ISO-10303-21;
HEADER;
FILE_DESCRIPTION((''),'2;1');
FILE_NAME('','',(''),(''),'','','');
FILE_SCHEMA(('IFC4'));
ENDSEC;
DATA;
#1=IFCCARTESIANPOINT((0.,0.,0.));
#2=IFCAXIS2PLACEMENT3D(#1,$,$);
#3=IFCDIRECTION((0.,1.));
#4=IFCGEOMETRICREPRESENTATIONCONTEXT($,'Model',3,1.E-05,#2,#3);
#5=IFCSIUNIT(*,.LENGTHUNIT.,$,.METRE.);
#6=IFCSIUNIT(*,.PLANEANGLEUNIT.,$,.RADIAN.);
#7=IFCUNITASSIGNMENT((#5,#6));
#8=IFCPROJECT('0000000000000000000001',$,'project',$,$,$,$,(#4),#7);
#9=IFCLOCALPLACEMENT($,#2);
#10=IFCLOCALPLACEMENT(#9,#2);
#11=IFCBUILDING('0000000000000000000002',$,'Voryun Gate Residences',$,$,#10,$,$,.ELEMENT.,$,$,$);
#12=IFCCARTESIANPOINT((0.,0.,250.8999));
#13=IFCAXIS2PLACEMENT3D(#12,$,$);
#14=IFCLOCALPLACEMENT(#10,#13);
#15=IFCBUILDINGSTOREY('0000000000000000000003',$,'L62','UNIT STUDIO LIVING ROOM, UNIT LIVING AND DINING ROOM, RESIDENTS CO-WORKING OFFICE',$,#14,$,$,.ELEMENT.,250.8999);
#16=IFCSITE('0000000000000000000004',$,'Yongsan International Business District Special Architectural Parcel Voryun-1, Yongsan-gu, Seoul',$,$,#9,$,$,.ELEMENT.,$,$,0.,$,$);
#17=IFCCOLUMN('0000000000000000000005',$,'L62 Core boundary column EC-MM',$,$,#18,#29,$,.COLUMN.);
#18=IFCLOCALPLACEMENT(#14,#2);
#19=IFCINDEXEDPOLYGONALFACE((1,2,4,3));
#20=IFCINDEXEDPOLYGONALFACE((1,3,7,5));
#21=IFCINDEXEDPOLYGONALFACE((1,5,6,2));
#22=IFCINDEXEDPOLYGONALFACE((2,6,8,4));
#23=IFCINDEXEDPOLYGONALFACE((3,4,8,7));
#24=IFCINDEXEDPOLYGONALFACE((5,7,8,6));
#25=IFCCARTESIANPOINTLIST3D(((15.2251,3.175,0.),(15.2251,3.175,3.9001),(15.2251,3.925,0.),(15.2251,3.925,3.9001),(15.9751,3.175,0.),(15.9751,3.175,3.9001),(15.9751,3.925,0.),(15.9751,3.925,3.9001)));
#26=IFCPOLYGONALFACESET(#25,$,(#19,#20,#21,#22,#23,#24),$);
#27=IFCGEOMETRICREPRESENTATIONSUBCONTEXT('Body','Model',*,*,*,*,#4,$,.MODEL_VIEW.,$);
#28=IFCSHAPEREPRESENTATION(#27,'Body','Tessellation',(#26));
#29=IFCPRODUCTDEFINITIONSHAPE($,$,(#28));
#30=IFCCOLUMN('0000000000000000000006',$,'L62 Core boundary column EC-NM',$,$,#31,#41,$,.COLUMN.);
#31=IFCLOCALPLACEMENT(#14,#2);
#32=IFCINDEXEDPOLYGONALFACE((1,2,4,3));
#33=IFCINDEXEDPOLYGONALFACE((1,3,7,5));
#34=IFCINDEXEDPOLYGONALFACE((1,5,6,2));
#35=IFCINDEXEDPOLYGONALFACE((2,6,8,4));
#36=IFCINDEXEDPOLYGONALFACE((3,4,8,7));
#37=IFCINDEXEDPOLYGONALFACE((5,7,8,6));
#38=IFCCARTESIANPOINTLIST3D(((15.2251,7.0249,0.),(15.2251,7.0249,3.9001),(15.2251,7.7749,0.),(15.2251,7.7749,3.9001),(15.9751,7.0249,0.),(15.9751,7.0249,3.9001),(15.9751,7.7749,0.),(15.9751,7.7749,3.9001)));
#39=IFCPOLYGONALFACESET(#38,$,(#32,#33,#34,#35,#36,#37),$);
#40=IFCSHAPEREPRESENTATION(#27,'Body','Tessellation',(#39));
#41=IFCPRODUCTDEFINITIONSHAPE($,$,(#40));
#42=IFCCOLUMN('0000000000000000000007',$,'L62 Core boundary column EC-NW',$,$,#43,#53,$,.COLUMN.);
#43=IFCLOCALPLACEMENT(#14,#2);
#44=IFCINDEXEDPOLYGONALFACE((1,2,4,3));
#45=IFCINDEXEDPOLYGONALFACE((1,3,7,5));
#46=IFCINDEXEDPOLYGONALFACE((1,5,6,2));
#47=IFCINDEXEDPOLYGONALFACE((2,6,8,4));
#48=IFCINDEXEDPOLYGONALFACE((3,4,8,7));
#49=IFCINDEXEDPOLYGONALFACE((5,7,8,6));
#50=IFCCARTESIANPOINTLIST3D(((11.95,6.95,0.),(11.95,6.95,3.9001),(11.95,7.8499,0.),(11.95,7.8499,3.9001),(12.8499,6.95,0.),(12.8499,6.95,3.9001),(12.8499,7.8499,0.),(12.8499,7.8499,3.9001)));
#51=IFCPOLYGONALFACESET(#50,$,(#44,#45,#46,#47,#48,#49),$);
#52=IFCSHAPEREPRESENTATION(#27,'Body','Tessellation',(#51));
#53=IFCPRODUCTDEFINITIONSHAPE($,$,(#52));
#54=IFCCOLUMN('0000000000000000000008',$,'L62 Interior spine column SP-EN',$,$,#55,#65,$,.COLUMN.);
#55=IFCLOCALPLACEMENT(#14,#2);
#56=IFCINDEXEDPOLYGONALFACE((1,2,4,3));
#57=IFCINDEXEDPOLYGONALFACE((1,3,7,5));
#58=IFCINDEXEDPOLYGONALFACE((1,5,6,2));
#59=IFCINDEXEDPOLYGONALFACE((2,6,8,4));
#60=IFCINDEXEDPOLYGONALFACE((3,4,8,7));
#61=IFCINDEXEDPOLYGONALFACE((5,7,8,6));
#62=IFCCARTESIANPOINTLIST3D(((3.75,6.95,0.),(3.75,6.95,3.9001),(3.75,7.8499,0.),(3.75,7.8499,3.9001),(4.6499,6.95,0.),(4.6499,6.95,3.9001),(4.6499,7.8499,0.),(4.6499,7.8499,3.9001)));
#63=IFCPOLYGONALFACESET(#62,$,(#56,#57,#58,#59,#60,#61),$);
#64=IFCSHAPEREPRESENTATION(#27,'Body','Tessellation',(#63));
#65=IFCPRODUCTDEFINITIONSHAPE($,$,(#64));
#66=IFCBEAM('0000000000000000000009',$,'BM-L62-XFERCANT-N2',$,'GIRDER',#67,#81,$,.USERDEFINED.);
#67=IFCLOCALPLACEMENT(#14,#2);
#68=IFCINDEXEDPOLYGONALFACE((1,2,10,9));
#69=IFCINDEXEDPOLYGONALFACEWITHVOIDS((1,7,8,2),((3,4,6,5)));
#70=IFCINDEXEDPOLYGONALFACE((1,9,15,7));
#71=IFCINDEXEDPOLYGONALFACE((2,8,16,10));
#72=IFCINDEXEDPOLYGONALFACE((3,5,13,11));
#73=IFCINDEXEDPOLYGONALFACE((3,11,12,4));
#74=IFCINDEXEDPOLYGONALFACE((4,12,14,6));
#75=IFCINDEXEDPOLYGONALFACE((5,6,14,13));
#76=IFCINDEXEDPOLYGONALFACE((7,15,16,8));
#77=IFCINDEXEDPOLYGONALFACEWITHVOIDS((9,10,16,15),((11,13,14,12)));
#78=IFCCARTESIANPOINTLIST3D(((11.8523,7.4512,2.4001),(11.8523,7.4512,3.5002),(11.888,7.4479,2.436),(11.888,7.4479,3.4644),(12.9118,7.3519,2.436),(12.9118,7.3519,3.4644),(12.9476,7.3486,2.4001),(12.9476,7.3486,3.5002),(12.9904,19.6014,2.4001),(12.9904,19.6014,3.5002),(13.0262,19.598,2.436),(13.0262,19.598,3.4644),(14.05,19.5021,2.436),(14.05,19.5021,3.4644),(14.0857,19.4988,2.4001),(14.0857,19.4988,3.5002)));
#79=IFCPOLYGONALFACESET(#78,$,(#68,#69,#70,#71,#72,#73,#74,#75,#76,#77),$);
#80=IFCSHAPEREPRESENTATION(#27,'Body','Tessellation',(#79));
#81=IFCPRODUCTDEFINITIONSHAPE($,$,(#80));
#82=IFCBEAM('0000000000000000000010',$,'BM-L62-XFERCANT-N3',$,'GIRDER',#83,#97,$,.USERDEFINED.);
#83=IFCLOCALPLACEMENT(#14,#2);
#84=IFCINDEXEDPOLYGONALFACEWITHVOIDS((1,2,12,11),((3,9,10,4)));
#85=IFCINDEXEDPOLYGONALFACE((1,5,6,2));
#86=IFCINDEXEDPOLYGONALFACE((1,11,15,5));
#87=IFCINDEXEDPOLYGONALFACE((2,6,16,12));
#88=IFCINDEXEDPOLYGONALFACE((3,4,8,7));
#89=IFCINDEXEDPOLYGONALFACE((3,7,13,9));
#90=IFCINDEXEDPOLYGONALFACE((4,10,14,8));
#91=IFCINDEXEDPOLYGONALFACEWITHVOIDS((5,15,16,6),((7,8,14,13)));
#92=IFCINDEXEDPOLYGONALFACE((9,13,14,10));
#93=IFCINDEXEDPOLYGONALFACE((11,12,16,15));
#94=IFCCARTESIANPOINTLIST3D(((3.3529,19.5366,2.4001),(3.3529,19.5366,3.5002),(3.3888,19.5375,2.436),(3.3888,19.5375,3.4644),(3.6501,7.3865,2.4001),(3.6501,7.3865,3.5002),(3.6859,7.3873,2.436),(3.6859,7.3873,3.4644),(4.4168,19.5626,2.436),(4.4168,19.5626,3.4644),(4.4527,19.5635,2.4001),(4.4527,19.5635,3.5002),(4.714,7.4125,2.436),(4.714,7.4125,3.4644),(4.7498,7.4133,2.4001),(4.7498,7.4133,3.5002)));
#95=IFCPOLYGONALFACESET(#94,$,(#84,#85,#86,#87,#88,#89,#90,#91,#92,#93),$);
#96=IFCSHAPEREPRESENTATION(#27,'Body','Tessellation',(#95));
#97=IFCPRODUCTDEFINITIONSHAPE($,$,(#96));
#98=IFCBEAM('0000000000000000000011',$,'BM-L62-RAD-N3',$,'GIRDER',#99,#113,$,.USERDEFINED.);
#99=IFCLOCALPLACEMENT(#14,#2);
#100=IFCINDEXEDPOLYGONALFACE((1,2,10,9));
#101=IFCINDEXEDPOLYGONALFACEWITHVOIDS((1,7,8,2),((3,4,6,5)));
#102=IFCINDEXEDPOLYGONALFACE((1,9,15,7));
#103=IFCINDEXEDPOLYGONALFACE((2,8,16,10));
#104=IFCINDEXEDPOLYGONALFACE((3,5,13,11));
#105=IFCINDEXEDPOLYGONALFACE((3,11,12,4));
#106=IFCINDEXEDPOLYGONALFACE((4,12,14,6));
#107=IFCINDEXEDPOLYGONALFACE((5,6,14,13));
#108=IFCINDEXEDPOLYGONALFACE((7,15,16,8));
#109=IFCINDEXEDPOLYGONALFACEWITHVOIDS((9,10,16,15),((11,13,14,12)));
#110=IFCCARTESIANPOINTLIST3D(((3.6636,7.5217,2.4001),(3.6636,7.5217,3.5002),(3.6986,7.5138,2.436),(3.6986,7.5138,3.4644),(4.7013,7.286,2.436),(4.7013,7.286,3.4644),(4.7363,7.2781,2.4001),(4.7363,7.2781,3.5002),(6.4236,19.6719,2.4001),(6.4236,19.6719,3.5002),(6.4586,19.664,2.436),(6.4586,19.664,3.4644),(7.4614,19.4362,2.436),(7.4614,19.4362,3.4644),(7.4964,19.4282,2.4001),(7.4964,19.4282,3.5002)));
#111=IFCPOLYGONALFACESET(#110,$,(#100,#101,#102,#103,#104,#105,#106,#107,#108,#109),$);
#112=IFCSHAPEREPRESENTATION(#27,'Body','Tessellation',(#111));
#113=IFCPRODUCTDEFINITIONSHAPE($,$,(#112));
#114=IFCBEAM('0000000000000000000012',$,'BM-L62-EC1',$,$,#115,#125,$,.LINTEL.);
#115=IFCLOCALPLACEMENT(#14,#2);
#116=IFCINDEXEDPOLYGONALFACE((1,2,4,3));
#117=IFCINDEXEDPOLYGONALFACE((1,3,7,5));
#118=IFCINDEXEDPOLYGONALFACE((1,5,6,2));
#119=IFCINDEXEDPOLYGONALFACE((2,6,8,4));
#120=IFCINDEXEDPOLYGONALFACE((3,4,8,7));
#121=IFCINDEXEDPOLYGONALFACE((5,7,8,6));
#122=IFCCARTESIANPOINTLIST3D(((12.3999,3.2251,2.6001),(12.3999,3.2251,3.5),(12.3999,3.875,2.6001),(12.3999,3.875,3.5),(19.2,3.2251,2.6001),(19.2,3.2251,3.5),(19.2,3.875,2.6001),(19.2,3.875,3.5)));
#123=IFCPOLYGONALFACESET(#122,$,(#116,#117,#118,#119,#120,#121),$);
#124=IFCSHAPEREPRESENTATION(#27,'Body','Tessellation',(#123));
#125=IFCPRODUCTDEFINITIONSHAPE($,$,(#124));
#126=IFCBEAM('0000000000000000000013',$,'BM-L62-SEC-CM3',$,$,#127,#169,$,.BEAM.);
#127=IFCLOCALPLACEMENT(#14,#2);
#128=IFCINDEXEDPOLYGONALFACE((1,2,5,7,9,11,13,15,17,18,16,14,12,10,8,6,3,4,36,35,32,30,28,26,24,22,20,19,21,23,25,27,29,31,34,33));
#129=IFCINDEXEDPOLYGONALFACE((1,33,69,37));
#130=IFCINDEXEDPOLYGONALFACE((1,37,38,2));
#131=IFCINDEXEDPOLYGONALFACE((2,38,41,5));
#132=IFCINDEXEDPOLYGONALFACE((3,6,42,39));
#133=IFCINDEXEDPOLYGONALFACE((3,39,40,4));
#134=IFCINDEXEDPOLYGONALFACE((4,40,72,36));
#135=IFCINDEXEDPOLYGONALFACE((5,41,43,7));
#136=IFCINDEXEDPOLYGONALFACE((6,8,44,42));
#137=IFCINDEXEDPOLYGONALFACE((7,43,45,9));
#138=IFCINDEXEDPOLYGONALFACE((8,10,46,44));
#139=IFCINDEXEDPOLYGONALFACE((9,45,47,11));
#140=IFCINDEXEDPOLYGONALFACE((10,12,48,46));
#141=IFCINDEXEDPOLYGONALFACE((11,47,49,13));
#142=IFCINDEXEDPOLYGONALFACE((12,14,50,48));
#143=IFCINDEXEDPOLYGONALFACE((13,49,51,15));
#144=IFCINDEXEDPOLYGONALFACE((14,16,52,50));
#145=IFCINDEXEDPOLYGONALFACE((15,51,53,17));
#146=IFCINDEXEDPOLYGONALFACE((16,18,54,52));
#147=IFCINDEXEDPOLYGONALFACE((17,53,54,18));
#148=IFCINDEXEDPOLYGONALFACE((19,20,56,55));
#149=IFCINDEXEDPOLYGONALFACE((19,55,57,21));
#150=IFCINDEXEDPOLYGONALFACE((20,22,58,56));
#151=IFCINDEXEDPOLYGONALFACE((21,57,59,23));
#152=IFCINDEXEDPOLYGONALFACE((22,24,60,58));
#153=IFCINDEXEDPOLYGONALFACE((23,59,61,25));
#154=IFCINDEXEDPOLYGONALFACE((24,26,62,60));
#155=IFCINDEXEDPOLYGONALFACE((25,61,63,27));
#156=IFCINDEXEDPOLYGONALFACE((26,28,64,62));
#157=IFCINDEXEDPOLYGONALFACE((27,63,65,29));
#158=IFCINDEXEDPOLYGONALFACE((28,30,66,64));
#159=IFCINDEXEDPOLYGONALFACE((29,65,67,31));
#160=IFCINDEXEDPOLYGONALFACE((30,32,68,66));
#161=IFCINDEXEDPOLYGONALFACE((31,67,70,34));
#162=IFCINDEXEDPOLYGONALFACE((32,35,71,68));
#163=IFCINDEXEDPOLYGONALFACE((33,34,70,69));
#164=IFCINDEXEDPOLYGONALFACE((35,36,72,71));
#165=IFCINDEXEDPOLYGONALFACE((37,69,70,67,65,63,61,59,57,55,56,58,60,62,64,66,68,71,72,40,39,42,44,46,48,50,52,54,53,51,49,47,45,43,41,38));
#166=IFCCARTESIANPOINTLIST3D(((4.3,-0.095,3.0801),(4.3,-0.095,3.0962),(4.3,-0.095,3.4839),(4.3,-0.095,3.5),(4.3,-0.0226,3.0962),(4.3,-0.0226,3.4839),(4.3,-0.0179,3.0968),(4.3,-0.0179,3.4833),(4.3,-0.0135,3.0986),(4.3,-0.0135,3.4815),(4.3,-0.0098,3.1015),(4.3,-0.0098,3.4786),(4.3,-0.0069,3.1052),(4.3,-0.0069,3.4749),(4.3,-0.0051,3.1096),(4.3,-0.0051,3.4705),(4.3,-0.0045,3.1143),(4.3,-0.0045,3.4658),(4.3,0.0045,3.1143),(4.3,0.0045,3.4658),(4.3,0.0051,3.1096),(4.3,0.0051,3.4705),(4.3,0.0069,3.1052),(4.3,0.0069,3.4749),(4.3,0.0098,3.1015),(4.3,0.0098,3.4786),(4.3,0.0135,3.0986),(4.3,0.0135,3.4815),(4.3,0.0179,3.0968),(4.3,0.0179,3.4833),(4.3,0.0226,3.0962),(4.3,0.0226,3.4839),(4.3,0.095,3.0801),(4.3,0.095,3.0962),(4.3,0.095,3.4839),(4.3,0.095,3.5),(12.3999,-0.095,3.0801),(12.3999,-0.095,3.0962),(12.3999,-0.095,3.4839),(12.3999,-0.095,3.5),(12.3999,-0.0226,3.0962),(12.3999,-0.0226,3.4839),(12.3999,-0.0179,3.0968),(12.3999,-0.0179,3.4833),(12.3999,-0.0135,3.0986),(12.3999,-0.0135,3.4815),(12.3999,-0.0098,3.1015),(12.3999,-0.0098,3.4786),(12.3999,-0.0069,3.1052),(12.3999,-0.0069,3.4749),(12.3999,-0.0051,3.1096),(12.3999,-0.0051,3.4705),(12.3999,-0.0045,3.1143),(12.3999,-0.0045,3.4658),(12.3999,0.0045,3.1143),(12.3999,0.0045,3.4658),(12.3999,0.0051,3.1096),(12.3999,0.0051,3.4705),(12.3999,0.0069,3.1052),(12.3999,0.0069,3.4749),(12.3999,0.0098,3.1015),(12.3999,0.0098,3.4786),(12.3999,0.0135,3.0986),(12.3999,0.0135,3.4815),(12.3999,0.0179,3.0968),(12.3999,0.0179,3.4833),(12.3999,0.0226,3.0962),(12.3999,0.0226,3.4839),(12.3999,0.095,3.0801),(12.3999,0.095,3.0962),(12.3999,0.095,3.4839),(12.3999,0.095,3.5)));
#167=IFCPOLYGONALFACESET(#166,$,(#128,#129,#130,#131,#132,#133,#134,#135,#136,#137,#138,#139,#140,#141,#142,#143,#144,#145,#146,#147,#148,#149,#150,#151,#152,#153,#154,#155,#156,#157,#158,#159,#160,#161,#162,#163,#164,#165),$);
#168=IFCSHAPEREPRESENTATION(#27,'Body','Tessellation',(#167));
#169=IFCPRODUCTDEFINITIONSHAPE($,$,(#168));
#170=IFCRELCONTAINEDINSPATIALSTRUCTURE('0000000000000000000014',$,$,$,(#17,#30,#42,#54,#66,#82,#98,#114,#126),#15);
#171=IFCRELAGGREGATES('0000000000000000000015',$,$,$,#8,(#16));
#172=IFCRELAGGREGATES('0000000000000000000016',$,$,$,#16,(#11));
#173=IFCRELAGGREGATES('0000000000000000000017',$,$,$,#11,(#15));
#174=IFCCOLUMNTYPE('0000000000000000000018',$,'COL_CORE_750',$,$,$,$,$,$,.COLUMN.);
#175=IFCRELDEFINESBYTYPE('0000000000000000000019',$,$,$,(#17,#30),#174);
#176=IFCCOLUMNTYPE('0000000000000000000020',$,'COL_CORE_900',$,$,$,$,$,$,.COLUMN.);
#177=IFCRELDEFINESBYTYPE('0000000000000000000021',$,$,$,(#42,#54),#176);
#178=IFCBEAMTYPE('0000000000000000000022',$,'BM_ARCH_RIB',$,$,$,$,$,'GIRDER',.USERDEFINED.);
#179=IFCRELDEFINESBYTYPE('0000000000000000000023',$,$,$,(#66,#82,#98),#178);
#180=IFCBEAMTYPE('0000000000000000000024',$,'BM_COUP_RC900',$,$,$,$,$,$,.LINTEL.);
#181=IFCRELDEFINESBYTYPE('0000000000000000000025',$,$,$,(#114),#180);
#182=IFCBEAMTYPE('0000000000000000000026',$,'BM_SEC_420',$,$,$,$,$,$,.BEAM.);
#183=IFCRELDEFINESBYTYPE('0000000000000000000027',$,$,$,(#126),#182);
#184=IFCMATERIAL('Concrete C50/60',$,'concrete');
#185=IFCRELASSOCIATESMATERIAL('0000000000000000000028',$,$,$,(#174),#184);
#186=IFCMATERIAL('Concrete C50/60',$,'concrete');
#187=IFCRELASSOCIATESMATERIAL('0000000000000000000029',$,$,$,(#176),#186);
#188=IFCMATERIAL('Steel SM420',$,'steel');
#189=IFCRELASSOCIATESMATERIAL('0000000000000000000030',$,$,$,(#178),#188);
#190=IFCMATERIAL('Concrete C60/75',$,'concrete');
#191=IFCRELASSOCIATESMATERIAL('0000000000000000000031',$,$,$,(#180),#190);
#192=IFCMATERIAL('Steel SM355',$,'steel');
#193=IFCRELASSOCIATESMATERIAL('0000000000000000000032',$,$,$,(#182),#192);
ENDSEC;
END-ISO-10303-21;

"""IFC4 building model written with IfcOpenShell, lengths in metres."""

from ifc_helpers import new_model, si_unit, direction, frame, origin, origin_2d, place, context, subcontext, project, spatial, rectangle, hollow_rectangle, i_section, extrude, material, material_profile, profile_set, type_object, element, save


model = new_model("IFC4")

# Units and contexts
model_context = context("Model", 3, precision=1e-05, world=origin(), true_north=direction((0.0, 1.0)))
body_context = subcontext(model_context, "Body", "Model", "MODEL_VIEW")
ifc_project = project(units=[si_unit("LENGTHUNIT", "METRE"), si_unit("PLANEANGLEUNIT", "RADIAN")], contexts=[model_context])

# Site, building, storey
site_placement = place(None, origin())
site = spatial("IfcSite", under=ifc_project, at=site_placement, Name="Yongsan International Business District Special Architectural Parcel Voryun-1, Yongsan-gu, Seoul", CompositionType="ELEMENT", RefElevation=0.0)
building_placement = place(site_placement, origin())
building = spatial("IfcBuilding", under=site, at=building_placement, Name="Voryun Gate Residences", CompositionType="ELEMENT")
storey_placement = place(building_placement, frame((0.0, 0.0, 250.8999)))
storey = spatial("IfcBuildingStorey", under=building, at=storey_placement, Name="L62", Description="UNIT STUDIO LIVING ROOM, UNIT LIVING AND DINING ROOM, RESIDENTS CO-WORKING OFFICE", CompositionType="ELEMENT", Elevation=250.8999)

# Columns
ifc_material_1 = material(Name="Concrete C50/60", Category="concrete")
ifc_material_profile_1 = material_profile(ifc_material_1, rectangle(XDim=0.75, YDim=0.75, at=origin_2d()), Name="RC-750x750")
ifc_profile_set_1 = profile_set([ifc_material_profile_1], Name="Concrete C50/60")
column_type_1 = type_object("IfcColumnType", Name="COL_CORE_750", PredefinedType="COLUMN", material=ifc_profile_set_1)
for number, where, z_axis, x_axis, name in (
    (1, (15.6001, 3.55, 0.0), (0.0, 0.0, 1.0), (1.0, 0.0, 0.0), "L62 Core boundary column EC-MM"),
    (2, (15.6001, 7.3999, 0.0), (0.0, 0.0, 1.0), (1.0, 0.0, 0.0), "L62 Core boundary column EC-NM"),
):
    element("IfcColumn", number, at=place(storey_placement, frame(where, z_axis=z_axis, x_axis=x_axis)), inside=storey, type_object=column_type_1, Name=name, PredefinedType="COLUMN", context=body_context, shape_type="SweptSolid", body=[
        extrude(rectangle(XDim=0.75, YDim=0.75, at=origin_2d()), origin(), (0.0, 0.0, 1.0), 3.9001),
    ])
ifc_material_2 = material(Name="Concrete C50/60", Category="concrete")
ifc_material_profile_2 = material_profile(ifc_material_2, rectangle(XDim=0.8999, YDim=0.8999, at=origin_2d()), Name="RC-900x900")
ifc_profile_set_2 = profile_set([ifc_material_profile_2], Name="Concrete C50/60")
column_type_2 = type_object("IfcColumnType", Name="COL_CORE_900", PredefinedType="COLUMN", material=ifc_profile_set_2)
for number, where, z_axis, x_axis, name in (
    (3, (12.3999, 7.3999, 0.0), (0.0, 0.0, 1.0), (1.0, 0.0, 0.0), "L62 Core boundary column EC-NW"),
    (4, (4.2, 7.3999, 0.0), (0.0, 0.0, 1.0), (1.0, 0.0, 0.0), "L62 Interior spine column SP-EN"),
):
    element("IfcColumn", number, at=place(storey_placement, frame(where, z_axis=z_axis, x_axis=x_axis)), inside=storey, type_object=column_type_2, Name=name, PredefinedType="COLUMN", context=body_context, shape_type="SweptSolid", body=[
        extrude(rectangle(XDim=0.8999, YDim=0.8999, at=origin_2d()), origin(), (0.0, 0.0, 1.0), 3.9001),
    ])

# Beams
ifc_material_3 = material(Name="Steel SM420", Category="steel")
ifc_material_profile_3 = material_profile(ifc_material_3, hollow_rectangle(XDim=1.1001, YDim=1.1001, WallThickness=0.0359, at=origin_2d()), Name="BOX-1100x1100x36")
ifc_profile_set_3 = profile_set([ifc_material_profile_3], Name="Steel SM420")
beam_type_1 = type_object("IfcBeamType", Name="BM_ARCH_RIB", ElementType="GIRDER", PredefinedType="USERDEFINED", material=ifc_profile_set_3)
beam_1_placement = place(storey_placement, frame((12.3999, 7.3999, 2.9502), z_axis=(0.093268, 0.995641, 0.0), x_axis=(-0.995641, 0.093268, 0.0)))
element("IfcBeam", 5, at=beam_1_placement, inside=storey, type_object=beam_type_1, Name="BM-L62-XFERCANT-N2", ObjectType="GIRDER", PredefinedType="USERDEFINED", context=body_context, shape_type="SweptSolid", body=[
    extrude(hollow_rectangle(XDim=1.1001, YDim=1.1001, WallThickness=0.0359, at=origin_2d()), origin(), (0.0, 0.0, 1.0), 12.2034),
])
beam_2_placement = place(storey_placement, frame((4.2, 7.3999, 2.9502), z_axis=(-0.024447, 0.999701, 0.0), x_axis=(-0.999701, -0.024447, 0.0)))
element("IfcBeam", 6, at=beam_2_placement, inside=storey, type_object=beam_type_1, Name="BM-L62-XFERCANT-N3", ObjectType="GIRDER", PredefinedType="USERDEFINED", context=body_context, shape_type="SweptSolid", body=[
    extrude(hollow_rectangle(XDim=1.1001, YDim=1.1001, WallThickness=0.0359, at=origin_2d()), origin(), (0.0, 0.0, 1.0), 12.1538),
])
beam_3_placement = place(storey_placement, frame((4.2, 7.3999, 2.9502), z_axis=(0.221515, 0.975157, 0.0), x_axis=(-0.975157, 0.221515, 0.0)))
element("IfcBeam", 7, at=beam_3_placement, inside=storey, type_object=beam_type_1, Name="BM-L62-RAD-N3", ObjectType="GIRDER", PredefinedType="USERDEFINED", context=body_context, shape_type="SweptSolid", body=[
    extrude(hollow_rectangle(XDim=1.1001, YDim=1.1001, WallThickness=0.0359, at=origin_2d()), origin(), (0.0, 0.0, 1.0), 12.4597),
])
ifc_material_4 = material(Name="Concrete C60/75", Category="concrete")
ifc_material_profile_4 = material_profile(ifc_material_4, rectangle(XDim=0.6499, YDim=0.8999, at=origin_2d()), Name="RC-650x900")
ifc_profile_set_4 = profile_set([ifc_material_profile_4], Name="Concrete C60/75")
beam_type_2 = type_object("IfcBeamType", Name="BM_COUP_RC900", PredefinedType="LINTEL", material=ifc_profile_set_4)
beam_4_placement = place(storey_placement, frame((12.3999, 3.55, 3.05), z_axis=(1.0, 0.0, 0.0), x_axis=(0.0, 1.0, 0.0)))
element("IfcBeam", 8, at=beam_4_placement, inside=storey, type_object=beam_type_2, Name="BM-L62-EC1", PredefinedType="LINTEL", context=body_context, shape_type="SweptSolid", body=[
    extrude(rectangle(XDim=0.6499, YDim=0.8999, at=origin_2d()), origin(), (0.0, 0.0, 1.0), 6.8),
])
ifc_material_5 = material(Name="Steel SM355", Category="steel")
ifc_material_profile_5 = material_profile(ifc_material_5, i_section(OverallWidth=0.1899, OverallDepth=0.4199, WebThickness=0.009, FlangeThickness=0.0161, FilletRadius=0.0181, at=origin_2d()), Name="H-420x190x9x16")
ifc_profile_set_5 = profile_set([ifc_material_profile_5], Name="Steel SM355")
beam_type_3 = type_object("IfcBeamType", Name="BM_SEC_420", PredefinedType="BEAM", material=ifc_profile_set_5)
for number, where, z_axis, x_axis, name in (
    (9, (4.3, 0.0, 3.29), (1.0, 0.0, 0.0), (0.0, 1.0, 0.0), "BM-L62-SEC-CM3"),
):
    element("IfcBeam", number, at=place(storey_placement, frame(where, z_axis=z_axis, x_axis=x_axis)), inside=storey, type_object=beam_type_3, Name=name, PredefinedType="BEAM", context=body_context, shape_type="SweptSolid", body=[
        extrude(i_section(OverallWidth=0.1899, OverallDepth=0.4199, WebThickness=0.009, FlangeThickness=0.0161, FilletRadius=0.0181, at=origin_2d()), origin(), (0.0, 0.0, 1.0), 8.0999),
    ])

save(model, "model.ifc")
